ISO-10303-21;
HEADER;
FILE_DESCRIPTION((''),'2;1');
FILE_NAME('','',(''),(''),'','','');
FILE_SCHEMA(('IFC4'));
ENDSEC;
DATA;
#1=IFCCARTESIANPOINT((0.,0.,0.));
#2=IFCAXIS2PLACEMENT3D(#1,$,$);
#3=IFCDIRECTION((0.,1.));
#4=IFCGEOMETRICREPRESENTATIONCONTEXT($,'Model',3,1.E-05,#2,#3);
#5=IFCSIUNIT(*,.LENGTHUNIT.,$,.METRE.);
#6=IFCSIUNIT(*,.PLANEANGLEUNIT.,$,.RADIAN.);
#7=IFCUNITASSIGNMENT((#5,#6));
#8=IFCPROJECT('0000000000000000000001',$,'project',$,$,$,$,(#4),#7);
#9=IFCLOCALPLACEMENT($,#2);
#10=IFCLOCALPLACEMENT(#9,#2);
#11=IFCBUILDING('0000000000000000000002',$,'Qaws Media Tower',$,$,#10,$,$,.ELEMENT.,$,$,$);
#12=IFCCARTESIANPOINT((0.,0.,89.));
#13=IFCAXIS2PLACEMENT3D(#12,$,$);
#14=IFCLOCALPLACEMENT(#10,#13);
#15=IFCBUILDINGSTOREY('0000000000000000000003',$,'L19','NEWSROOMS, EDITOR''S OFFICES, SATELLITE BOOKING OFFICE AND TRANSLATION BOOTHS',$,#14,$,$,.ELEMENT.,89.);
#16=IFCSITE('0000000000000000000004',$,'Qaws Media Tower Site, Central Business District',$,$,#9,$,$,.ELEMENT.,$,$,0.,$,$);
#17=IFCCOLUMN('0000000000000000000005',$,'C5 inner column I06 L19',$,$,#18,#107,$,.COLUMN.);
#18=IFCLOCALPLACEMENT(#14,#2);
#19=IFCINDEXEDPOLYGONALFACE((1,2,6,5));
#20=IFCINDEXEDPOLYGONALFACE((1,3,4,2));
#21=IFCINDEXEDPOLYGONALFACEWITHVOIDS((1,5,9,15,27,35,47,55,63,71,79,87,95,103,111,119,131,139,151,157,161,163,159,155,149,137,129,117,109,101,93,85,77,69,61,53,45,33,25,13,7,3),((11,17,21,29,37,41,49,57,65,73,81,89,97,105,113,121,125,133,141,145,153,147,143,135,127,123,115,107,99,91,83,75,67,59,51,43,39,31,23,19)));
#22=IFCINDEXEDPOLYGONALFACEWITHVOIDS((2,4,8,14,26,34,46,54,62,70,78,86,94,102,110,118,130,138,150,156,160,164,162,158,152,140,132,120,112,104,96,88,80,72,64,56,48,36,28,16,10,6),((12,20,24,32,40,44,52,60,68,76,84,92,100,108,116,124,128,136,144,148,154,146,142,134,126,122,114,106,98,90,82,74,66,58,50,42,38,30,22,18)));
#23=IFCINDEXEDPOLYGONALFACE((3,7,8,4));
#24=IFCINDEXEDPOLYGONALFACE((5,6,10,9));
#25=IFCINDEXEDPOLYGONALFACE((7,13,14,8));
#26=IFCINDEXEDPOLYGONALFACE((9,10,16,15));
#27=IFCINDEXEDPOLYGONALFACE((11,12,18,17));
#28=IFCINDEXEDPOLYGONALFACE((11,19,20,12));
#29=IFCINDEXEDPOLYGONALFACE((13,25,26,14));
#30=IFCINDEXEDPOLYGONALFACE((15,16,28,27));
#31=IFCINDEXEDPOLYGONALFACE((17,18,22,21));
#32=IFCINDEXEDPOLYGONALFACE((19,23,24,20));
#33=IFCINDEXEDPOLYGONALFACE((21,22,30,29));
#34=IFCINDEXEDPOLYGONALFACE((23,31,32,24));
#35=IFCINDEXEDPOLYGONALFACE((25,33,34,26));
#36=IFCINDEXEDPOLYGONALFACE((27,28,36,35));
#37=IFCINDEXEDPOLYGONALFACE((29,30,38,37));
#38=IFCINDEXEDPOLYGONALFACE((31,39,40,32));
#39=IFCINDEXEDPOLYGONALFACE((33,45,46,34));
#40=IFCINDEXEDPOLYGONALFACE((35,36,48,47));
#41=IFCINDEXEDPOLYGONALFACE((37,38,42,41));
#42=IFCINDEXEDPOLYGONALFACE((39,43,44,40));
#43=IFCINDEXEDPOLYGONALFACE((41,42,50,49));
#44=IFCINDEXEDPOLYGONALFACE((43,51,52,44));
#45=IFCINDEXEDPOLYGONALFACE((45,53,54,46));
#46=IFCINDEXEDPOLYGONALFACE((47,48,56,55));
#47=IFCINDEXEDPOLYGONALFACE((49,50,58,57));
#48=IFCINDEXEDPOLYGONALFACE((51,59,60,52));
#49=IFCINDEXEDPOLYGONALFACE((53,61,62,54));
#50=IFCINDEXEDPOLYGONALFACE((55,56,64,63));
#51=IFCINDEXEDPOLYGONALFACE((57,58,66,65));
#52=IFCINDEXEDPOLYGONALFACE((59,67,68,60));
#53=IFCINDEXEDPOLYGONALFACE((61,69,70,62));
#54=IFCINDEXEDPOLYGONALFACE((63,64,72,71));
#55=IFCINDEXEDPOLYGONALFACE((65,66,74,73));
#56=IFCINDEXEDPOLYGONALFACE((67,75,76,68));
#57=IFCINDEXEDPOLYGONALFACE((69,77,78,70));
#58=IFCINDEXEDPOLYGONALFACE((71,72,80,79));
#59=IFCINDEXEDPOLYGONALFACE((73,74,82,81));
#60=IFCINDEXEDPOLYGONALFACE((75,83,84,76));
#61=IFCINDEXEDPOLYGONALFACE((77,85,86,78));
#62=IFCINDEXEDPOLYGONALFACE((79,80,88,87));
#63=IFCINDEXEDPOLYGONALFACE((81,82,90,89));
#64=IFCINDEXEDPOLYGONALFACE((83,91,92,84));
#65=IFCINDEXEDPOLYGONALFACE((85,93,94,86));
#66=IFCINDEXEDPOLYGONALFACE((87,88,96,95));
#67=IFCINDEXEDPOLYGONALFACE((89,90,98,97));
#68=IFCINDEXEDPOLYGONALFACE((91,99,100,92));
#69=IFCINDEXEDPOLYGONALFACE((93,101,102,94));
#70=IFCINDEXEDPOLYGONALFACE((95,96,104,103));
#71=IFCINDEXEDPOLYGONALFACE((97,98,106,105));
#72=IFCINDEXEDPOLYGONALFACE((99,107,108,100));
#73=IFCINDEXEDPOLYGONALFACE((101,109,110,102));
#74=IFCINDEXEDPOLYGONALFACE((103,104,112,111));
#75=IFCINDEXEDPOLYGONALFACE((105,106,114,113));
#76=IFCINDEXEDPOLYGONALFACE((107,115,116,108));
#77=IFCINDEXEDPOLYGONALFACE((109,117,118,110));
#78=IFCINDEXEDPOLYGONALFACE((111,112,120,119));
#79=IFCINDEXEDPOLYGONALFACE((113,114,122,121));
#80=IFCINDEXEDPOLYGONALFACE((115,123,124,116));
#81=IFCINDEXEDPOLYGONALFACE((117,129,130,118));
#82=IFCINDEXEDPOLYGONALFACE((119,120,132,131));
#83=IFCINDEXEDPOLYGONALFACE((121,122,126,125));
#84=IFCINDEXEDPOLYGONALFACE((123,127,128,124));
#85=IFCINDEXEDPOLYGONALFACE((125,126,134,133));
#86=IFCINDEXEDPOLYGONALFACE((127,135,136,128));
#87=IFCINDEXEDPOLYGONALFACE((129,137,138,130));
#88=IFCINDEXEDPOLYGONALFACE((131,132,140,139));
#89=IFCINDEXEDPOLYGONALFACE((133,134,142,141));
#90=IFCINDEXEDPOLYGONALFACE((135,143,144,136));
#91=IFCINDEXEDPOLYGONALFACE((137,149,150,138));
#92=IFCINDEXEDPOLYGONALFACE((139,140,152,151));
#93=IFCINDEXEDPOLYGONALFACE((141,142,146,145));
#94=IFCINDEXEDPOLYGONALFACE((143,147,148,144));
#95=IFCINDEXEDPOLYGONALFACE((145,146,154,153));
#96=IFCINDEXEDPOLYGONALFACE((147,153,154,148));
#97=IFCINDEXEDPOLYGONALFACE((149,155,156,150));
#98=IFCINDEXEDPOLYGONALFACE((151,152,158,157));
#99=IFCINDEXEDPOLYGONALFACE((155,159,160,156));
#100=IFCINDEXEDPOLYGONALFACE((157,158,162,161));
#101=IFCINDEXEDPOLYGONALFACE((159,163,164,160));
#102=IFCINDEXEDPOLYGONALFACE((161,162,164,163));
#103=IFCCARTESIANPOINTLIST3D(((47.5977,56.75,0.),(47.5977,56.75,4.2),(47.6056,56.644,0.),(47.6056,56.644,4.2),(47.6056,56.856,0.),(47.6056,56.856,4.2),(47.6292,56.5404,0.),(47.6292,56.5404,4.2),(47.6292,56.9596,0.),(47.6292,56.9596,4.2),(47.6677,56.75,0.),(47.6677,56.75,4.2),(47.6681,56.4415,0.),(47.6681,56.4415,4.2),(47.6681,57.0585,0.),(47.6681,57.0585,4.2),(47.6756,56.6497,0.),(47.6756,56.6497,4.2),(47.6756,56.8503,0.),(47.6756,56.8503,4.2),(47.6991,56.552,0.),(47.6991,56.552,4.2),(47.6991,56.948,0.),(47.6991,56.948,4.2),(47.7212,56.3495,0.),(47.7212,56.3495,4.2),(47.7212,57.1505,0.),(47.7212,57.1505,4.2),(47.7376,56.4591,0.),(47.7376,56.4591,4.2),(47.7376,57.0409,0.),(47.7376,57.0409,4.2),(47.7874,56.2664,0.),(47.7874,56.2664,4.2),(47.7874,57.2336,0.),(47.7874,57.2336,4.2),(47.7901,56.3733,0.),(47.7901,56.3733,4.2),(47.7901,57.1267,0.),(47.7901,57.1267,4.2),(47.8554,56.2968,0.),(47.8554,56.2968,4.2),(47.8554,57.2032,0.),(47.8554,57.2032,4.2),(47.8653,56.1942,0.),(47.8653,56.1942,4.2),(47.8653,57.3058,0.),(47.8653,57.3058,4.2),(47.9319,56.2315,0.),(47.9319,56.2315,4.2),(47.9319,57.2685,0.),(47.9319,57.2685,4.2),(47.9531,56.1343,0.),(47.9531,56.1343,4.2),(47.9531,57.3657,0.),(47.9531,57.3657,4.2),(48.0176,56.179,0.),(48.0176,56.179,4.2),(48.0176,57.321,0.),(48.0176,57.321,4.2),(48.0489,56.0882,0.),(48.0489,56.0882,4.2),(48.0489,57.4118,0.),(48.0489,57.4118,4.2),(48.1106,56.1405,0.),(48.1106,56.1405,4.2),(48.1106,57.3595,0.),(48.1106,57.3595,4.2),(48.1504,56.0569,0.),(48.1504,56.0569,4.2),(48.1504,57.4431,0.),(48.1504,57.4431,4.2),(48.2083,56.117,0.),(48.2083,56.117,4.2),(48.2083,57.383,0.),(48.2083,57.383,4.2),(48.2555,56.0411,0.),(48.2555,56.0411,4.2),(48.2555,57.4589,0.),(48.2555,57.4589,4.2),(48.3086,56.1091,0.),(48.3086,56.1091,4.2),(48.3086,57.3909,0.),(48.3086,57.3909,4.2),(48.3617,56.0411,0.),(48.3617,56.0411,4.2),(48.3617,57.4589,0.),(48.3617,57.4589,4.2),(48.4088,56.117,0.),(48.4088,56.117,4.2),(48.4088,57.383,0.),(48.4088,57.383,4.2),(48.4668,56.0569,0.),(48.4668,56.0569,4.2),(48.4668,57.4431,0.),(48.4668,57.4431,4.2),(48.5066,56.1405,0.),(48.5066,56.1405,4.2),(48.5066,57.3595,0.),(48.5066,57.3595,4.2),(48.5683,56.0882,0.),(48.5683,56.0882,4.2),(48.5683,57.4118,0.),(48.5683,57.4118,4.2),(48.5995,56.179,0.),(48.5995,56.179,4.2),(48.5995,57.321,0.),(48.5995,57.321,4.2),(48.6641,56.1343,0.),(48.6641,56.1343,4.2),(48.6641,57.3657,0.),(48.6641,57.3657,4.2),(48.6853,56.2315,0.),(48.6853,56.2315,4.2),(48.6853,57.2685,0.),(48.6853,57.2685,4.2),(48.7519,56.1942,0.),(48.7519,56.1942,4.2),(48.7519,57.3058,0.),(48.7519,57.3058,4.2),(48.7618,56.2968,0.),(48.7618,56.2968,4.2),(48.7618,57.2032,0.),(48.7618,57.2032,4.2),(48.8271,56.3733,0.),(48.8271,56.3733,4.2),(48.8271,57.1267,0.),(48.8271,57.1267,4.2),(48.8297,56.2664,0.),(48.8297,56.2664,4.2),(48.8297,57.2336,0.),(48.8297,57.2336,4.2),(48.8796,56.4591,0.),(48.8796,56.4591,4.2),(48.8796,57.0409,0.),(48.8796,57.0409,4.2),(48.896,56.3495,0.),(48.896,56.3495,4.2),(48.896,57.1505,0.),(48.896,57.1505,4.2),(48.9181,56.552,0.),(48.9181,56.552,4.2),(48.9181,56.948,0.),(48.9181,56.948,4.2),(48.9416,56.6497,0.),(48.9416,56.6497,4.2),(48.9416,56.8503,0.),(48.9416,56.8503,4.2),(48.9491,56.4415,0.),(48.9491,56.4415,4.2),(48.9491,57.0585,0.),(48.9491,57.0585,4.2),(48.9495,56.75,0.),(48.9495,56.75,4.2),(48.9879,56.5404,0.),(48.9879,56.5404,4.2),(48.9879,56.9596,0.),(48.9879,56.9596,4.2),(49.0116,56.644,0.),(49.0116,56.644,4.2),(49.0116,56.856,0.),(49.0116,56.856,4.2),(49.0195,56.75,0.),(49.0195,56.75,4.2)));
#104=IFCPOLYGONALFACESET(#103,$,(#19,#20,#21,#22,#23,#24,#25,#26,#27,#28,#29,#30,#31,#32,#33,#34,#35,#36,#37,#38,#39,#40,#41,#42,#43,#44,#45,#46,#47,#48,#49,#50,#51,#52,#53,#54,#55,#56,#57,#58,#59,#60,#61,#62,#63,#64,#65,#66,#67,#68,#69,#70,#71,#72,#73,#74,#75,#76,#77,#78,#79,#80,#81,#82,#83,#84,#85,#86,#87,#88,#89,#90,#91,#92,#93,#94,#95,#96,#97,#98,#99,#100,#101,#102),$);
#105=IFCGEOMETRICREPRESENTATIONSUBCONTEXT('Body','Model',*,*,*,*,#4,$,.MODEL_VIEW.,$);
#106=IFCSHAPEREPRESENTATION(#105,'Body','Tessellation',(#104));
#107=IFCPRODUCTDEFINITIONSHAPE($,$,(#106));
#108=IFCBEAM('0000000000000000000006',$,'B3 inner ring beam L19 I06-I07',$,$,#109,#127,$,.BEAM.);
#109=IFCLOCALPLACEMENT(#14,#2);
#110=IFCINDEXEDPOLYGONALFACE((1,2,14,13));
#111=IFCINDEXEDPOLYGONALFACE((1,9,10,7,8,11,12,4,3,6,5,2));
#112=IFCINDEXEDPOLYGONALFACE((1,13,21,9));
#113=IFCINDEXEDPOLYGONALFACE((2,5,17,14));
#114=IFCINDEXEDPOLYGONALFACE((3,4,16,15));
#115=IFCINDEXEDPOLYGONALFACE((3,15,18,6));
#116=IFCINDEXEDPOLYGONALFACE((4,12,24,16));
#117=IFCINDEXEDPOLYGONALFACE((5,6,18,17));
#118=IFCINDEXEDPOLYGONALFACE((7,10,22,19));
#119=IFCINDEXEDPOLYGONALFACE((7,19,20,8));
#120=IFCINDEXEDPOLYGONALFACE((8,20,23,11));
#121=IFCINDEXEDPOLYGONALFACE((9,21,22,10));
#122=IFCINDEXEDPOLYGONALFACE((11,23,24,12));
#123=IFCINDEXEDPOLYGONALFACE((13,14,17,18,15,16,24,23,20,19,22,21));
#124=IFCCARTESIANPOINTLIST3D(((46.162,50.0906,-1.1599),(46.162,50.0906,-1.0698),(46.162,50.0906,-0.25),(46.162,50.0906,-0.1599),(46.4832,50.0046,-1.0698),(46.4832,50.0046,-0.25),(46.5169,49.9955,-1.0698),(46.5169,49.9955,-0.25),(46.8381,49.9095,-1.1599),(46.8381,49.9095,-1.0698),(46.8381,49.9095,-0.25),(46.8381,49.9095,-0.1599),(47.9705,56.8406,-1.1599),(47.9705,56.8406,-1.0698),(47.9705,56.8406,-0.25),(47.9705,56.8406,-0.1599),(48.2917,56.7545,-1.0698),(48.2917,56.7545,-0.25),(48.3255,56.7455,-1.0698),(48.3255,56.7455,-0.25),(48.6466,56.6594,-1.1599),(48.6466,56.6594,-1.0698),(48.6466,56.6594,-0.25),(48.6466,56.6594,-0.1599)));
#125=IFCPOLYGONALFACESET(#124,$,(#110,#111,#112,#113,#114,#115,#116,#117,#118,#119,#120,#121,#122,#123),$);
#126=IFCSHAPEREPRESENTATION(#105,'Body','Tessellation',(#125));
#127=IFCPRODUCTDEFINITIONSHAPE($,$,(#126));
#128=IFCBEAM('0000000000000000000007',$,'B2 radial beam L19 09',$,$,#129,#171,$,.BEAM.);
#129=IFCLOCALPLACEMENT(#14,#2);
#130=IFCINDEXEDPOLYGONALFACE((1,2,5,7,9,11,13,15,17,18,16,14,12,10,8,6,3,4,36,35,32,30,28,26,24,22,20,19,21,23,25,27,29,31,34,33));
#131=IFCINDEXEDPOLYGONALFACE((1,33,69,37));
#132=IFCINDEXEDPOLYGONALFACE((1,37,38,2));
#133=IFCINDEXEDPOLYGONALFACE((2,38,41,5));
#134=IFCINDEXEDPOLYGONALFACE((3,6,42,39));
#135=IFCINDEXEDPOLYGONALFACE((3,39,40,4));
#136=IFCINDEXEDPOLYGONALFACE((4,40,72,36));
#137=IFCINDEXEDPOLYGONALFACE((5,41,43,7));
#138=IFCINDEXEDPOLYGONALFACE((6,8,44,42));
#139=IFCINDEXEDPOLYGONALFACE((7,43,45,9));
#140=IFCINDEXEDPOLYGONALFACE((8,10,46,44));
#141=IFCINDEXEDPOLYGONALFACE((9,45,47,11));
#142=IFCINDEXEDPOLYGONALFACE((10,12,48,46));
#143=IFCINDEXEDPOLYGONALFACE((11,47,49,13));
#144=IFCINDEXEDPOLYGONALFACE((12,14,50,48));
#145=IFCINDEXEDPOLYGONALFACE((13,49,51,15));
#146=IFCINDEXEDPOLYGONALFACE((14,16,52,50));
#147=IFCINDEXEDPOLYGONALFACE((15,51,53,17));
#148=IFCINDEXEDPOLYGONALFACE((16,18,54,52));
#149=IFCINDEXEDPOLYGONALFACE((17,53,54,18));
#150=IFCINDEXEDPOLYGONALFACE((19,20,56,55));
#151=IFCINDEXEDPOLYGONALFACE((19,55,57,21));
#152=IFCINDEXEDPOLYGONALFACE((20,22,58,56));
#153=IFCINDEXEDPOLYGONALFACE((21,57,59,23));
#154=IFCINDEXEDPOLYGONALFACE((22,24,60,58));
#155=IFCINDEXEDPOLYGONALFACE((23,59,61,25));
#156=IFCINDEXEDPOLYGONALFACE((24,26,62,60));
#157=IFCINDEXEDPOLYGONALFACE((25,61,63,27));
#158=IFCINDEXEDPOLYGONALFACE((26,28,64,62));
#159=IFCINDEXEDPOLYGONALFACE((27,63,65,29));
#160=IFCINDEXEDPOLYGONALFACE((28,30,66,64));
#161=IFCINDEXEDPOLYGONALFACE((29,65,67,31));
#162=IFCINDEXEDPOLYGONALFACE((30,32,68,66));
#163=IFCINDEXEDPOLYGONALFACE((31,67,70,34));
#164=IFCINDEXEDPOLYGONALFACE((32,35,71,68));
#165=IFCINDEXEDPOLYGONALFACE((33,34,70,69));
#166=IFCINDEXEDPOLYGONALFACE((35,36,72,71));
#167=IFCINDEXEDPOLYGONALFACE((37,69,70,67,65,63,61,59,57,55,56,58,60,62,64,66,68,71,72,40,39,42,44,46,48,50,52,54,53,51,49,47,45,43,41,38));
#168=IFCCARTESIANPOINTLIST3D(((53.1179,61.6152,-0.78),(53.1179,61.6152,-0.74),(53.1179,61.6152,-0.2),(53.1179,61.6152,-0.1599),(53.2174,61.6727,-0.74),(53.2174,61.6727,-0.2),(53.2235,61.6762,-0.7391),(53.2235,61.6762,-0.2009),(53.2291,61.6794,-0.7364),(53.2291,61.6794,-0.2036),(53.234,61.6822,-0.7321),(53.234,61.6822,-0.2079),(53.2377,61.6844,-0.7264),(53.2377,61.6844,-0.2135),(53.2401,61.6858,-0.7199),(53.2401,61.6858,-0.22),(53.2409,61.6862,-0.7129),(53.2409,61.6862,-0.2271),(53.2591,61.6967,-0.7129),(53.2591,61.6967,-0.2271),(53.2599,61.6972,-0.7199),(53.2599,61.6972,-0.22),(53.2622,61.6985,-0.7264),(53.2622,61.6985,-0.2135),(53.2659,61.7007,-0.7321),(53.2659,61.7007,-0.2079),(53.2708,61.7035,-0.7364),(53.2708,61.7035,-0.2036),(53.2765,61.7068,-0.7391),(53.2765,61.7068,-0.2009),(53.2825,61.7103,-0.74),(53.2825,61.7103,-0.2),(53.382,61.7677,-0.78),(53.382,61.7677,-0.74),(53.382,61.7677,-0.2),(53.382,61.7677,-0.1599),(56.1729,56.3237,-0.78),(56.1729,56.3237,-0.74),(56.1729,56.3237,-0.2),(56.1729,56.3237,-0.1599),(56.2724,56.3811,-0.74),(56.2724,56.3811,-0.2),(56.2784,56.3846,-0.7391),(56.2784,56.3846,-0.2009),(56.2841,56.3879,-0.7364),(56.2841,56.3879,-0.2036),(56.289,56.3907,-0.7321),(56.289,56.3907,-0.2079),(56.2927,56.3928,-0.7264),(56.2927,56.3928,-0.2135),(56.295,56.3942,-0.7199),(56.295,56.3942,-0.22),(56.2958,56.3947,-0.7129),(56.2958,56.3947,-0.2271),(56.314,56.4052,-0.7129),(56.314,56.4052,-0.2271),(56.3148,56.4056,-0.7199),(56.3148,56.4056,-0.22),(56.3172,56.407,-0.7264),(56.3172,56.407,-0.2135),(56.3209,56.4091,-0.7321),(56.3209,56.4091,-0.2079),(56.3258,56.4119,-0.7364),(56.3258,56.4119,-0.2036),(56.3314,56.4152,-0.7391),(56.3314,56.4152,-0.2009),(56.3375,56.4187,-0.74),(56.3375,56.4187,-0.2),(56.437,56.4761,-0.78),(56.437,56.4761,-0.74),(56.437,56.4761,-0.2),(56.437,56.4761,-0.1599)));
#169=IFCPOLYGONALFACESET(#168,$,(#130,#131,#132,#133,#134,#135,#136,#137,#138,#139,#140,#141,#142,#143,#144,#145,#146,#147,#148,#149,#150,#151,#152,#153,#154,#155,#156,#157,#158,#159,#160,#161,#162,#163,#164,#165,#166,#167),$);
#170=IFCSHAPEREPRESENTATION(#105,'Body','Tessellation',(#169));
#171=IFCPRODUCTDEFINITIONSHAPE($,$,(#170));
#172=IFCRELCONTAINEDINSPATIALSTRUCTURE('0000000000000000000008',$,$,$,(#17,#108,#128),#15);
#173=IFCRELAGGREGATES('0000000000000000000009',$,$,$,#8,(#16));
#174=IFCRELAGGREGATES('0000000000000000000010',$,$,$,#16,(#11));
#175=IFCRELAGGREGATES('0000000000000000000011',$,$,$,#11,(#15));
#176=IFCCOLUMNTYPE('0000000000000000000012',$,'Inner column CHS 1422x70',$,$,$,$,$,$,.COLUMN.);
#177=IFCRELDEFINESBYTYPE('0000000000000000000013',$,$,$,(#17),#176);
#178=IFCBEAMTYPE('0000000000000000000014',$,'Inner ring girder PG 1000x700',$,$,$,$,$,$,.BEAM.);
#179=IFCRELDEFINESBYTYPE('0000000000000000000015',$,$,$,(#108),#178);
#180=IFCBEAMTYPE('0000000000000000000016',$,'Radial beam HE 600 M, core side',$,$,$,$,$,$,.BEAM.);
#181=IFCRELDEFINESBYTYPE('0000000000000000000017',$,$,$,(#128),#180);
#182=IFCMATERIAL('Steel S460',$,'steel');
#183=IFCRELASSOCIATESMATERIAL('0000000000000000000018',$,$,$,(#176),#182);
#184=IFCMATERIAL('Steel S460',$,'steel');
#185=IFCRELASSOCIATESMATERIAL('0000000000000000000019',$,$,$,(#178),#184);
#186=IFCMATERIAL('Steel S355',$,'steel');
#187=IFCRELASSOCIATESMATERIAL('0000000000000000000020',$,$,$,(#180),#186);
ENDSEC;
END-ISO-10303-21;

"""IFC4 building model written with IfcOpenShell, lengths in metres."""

from ifc_helpers import new_model, si_unit, direction, frame, origin, origin_2d, place, context, subcontext, project, spatial, hollow_circle, i_section, extrude, material, material_profile, profile_set, type_object, element, save


model = new_model("IFC4")

# Units and contexts
model_context = context("Model", 3, precision=1e-05, world=origin(), true_north=direction((0.0, 1.0)))
body_context = subcontext(model_context, "Body", "Model", "MODEL_VIEW")
ifc_project = project(units=[si_unit("LENGTHUNIT", "METRE"), si_unit("PLANEANGLEUNIT", "RADIAN")], contexts=[model_context])

# Site, building, storey
site_placement = place(None, origin())
site = spatial("IfcSite", under=ifc_project, at=site_placement, Name="Qaws Media Tower Site, Central Business District", CompositionType="ELEMENT", RefElevation=0.0)
building_placement = place(site_placement, origin())
building = spatial("IfcBuilding", under=site, at=building_placement, Name="Qaws Media Tower", CompositionType="ELEMENT")
storey_placement = place(building_placement, frame((0.0, 0.0, 89.0)))
storey = spatial("IfcBuildingStorey", under=building, at=storey_placement, Name="L19", Description="NEWSROOMS, EDITOR'S OFFICES, SATELLITE BOOKING OFFICE AND TRANSLATION BOOTHS", CompositionType="ELEMENT", Elevation=89.0)

# Column
ifc_material_1 = material(Name="Steel S460", Category="steel")
ifc_material_profile_1 = material_profile(ifc_material_1, hollow_circle(Radius=0.7109, WallThickness=0.0701, at=origin_2d()), Name="CHS 1422x70")
ifc_profile_set_1 = profile_set([ifc_material_profile_1], Name="Steel S460")
column_type = type_object("IfcColumnType", Name="Inner column CHS 1422x70", PredefinedType="COLUMN", material=ifc_profile_set_1)
column_placement = place(storey_placement, frame((48.3086, 56.75, 0.0), z_axis=(0.0, 0.0, 1.0), x_axis=(1.0, 0.0, 0.0)))
element("IfcColumn", 1, at=column_placement, inside=storey, type_object=column_type, Name="C5 inner column I06 L19", PredefinedType="COLUMN", context=body_context, shape_type="SweptSolid", body=[
    extrude(hollow_circle(Radius=0.7109, WallThickness=0.0701, at=origin_2d()), origin(), (0.0, 0.0, 1.0), 4.2),
])

# Beams
ifc_material_2 = material(Name="Steel S460", Category="steel")
ifc_material_profile_2 = material_profile(ifc_material_2, i_section(OverallWidth=0.7, OverallDepth=1.0, WebThickness=0.0349, FlangeThickness=0.0901, at=origin_2d()), Name="PG 1000x700")
ifc_profile_set_2 = profile_set([ifc_material_profile_2], Name="Steel S460")
beam_type_1 = type_object("IfcBeamType", Name="Inner ring girder PG 1000x700", PredefinedType="BEAM", material=ifc_profile_set_2)
beam_1_placement = place(storey_placement, frame((48.3086, 56.75, -0.6599), z_axis=(-0.258811, -0.965928, 0.0), x_axis=(0.965928, -0.258811, 0.0)))
element("IfcBeam", 2, at=beam_1_placement, inside=storey, type_object=beam_type_1, Name="B3 inner ring beam L19 I06-I07", PredefinedType="BEAM", context=body_context, shape_type="SweptSolid", body=[
    extrude(i_section(OverallWidth=0.7, OverallDepth=1.0, WebThickness=0.0349, FlangeThickness=0.0901, at=origin_2d()), origin(), (0.0, 0.0, 1.0), 6.988),
])
ifc_material_3 = material(Name="Steel S355", Category="steel")
ifc_material_profile_3 = material_profile(ifc_material_3, i_section(OverallWidth=0.3049, OverallDepth=0.6201, WebThickness=0.021, FlangeThickness=0.04, FilletRadius=0.0271, at=origin_2d()), Name="HE 600 M")
ifc_profile_set_3 = profile_set([ifc_material_profile_3], Name="Steel S355")
beam_type_2 = type_object("IfcBeamType", Name="Radial beam HE 600 M, core side", PredefinedType="BEAM", material=ifc_profile_set_3)
beam_2_placement = place(storey_placement, frame((56.3049, 56.3999, -0.47), z_axis=(-0.499985, 0.866034, 0.0), x_axis=(-0.866034, -0.499985, 0.0)))
element("IfcBeam", 3, at=beam_2_placement, inside=storey, type_object=beam_type_2, Name="B2 radial beam L19 09", PredefinedType="BEAM", context=body_context, shape_type="SweptSolid", body=[
    extrude(i_section(OverallWidth=0.3049, OverallDepth=0.6201, WebThickness=0.021, FlangeThickness=0.04, FilletRadius=0.0271, at=origin_2d()), origin(), (0.0, 0.0, 1.0), 6.1101),
])

save(model, "model.ifc")
